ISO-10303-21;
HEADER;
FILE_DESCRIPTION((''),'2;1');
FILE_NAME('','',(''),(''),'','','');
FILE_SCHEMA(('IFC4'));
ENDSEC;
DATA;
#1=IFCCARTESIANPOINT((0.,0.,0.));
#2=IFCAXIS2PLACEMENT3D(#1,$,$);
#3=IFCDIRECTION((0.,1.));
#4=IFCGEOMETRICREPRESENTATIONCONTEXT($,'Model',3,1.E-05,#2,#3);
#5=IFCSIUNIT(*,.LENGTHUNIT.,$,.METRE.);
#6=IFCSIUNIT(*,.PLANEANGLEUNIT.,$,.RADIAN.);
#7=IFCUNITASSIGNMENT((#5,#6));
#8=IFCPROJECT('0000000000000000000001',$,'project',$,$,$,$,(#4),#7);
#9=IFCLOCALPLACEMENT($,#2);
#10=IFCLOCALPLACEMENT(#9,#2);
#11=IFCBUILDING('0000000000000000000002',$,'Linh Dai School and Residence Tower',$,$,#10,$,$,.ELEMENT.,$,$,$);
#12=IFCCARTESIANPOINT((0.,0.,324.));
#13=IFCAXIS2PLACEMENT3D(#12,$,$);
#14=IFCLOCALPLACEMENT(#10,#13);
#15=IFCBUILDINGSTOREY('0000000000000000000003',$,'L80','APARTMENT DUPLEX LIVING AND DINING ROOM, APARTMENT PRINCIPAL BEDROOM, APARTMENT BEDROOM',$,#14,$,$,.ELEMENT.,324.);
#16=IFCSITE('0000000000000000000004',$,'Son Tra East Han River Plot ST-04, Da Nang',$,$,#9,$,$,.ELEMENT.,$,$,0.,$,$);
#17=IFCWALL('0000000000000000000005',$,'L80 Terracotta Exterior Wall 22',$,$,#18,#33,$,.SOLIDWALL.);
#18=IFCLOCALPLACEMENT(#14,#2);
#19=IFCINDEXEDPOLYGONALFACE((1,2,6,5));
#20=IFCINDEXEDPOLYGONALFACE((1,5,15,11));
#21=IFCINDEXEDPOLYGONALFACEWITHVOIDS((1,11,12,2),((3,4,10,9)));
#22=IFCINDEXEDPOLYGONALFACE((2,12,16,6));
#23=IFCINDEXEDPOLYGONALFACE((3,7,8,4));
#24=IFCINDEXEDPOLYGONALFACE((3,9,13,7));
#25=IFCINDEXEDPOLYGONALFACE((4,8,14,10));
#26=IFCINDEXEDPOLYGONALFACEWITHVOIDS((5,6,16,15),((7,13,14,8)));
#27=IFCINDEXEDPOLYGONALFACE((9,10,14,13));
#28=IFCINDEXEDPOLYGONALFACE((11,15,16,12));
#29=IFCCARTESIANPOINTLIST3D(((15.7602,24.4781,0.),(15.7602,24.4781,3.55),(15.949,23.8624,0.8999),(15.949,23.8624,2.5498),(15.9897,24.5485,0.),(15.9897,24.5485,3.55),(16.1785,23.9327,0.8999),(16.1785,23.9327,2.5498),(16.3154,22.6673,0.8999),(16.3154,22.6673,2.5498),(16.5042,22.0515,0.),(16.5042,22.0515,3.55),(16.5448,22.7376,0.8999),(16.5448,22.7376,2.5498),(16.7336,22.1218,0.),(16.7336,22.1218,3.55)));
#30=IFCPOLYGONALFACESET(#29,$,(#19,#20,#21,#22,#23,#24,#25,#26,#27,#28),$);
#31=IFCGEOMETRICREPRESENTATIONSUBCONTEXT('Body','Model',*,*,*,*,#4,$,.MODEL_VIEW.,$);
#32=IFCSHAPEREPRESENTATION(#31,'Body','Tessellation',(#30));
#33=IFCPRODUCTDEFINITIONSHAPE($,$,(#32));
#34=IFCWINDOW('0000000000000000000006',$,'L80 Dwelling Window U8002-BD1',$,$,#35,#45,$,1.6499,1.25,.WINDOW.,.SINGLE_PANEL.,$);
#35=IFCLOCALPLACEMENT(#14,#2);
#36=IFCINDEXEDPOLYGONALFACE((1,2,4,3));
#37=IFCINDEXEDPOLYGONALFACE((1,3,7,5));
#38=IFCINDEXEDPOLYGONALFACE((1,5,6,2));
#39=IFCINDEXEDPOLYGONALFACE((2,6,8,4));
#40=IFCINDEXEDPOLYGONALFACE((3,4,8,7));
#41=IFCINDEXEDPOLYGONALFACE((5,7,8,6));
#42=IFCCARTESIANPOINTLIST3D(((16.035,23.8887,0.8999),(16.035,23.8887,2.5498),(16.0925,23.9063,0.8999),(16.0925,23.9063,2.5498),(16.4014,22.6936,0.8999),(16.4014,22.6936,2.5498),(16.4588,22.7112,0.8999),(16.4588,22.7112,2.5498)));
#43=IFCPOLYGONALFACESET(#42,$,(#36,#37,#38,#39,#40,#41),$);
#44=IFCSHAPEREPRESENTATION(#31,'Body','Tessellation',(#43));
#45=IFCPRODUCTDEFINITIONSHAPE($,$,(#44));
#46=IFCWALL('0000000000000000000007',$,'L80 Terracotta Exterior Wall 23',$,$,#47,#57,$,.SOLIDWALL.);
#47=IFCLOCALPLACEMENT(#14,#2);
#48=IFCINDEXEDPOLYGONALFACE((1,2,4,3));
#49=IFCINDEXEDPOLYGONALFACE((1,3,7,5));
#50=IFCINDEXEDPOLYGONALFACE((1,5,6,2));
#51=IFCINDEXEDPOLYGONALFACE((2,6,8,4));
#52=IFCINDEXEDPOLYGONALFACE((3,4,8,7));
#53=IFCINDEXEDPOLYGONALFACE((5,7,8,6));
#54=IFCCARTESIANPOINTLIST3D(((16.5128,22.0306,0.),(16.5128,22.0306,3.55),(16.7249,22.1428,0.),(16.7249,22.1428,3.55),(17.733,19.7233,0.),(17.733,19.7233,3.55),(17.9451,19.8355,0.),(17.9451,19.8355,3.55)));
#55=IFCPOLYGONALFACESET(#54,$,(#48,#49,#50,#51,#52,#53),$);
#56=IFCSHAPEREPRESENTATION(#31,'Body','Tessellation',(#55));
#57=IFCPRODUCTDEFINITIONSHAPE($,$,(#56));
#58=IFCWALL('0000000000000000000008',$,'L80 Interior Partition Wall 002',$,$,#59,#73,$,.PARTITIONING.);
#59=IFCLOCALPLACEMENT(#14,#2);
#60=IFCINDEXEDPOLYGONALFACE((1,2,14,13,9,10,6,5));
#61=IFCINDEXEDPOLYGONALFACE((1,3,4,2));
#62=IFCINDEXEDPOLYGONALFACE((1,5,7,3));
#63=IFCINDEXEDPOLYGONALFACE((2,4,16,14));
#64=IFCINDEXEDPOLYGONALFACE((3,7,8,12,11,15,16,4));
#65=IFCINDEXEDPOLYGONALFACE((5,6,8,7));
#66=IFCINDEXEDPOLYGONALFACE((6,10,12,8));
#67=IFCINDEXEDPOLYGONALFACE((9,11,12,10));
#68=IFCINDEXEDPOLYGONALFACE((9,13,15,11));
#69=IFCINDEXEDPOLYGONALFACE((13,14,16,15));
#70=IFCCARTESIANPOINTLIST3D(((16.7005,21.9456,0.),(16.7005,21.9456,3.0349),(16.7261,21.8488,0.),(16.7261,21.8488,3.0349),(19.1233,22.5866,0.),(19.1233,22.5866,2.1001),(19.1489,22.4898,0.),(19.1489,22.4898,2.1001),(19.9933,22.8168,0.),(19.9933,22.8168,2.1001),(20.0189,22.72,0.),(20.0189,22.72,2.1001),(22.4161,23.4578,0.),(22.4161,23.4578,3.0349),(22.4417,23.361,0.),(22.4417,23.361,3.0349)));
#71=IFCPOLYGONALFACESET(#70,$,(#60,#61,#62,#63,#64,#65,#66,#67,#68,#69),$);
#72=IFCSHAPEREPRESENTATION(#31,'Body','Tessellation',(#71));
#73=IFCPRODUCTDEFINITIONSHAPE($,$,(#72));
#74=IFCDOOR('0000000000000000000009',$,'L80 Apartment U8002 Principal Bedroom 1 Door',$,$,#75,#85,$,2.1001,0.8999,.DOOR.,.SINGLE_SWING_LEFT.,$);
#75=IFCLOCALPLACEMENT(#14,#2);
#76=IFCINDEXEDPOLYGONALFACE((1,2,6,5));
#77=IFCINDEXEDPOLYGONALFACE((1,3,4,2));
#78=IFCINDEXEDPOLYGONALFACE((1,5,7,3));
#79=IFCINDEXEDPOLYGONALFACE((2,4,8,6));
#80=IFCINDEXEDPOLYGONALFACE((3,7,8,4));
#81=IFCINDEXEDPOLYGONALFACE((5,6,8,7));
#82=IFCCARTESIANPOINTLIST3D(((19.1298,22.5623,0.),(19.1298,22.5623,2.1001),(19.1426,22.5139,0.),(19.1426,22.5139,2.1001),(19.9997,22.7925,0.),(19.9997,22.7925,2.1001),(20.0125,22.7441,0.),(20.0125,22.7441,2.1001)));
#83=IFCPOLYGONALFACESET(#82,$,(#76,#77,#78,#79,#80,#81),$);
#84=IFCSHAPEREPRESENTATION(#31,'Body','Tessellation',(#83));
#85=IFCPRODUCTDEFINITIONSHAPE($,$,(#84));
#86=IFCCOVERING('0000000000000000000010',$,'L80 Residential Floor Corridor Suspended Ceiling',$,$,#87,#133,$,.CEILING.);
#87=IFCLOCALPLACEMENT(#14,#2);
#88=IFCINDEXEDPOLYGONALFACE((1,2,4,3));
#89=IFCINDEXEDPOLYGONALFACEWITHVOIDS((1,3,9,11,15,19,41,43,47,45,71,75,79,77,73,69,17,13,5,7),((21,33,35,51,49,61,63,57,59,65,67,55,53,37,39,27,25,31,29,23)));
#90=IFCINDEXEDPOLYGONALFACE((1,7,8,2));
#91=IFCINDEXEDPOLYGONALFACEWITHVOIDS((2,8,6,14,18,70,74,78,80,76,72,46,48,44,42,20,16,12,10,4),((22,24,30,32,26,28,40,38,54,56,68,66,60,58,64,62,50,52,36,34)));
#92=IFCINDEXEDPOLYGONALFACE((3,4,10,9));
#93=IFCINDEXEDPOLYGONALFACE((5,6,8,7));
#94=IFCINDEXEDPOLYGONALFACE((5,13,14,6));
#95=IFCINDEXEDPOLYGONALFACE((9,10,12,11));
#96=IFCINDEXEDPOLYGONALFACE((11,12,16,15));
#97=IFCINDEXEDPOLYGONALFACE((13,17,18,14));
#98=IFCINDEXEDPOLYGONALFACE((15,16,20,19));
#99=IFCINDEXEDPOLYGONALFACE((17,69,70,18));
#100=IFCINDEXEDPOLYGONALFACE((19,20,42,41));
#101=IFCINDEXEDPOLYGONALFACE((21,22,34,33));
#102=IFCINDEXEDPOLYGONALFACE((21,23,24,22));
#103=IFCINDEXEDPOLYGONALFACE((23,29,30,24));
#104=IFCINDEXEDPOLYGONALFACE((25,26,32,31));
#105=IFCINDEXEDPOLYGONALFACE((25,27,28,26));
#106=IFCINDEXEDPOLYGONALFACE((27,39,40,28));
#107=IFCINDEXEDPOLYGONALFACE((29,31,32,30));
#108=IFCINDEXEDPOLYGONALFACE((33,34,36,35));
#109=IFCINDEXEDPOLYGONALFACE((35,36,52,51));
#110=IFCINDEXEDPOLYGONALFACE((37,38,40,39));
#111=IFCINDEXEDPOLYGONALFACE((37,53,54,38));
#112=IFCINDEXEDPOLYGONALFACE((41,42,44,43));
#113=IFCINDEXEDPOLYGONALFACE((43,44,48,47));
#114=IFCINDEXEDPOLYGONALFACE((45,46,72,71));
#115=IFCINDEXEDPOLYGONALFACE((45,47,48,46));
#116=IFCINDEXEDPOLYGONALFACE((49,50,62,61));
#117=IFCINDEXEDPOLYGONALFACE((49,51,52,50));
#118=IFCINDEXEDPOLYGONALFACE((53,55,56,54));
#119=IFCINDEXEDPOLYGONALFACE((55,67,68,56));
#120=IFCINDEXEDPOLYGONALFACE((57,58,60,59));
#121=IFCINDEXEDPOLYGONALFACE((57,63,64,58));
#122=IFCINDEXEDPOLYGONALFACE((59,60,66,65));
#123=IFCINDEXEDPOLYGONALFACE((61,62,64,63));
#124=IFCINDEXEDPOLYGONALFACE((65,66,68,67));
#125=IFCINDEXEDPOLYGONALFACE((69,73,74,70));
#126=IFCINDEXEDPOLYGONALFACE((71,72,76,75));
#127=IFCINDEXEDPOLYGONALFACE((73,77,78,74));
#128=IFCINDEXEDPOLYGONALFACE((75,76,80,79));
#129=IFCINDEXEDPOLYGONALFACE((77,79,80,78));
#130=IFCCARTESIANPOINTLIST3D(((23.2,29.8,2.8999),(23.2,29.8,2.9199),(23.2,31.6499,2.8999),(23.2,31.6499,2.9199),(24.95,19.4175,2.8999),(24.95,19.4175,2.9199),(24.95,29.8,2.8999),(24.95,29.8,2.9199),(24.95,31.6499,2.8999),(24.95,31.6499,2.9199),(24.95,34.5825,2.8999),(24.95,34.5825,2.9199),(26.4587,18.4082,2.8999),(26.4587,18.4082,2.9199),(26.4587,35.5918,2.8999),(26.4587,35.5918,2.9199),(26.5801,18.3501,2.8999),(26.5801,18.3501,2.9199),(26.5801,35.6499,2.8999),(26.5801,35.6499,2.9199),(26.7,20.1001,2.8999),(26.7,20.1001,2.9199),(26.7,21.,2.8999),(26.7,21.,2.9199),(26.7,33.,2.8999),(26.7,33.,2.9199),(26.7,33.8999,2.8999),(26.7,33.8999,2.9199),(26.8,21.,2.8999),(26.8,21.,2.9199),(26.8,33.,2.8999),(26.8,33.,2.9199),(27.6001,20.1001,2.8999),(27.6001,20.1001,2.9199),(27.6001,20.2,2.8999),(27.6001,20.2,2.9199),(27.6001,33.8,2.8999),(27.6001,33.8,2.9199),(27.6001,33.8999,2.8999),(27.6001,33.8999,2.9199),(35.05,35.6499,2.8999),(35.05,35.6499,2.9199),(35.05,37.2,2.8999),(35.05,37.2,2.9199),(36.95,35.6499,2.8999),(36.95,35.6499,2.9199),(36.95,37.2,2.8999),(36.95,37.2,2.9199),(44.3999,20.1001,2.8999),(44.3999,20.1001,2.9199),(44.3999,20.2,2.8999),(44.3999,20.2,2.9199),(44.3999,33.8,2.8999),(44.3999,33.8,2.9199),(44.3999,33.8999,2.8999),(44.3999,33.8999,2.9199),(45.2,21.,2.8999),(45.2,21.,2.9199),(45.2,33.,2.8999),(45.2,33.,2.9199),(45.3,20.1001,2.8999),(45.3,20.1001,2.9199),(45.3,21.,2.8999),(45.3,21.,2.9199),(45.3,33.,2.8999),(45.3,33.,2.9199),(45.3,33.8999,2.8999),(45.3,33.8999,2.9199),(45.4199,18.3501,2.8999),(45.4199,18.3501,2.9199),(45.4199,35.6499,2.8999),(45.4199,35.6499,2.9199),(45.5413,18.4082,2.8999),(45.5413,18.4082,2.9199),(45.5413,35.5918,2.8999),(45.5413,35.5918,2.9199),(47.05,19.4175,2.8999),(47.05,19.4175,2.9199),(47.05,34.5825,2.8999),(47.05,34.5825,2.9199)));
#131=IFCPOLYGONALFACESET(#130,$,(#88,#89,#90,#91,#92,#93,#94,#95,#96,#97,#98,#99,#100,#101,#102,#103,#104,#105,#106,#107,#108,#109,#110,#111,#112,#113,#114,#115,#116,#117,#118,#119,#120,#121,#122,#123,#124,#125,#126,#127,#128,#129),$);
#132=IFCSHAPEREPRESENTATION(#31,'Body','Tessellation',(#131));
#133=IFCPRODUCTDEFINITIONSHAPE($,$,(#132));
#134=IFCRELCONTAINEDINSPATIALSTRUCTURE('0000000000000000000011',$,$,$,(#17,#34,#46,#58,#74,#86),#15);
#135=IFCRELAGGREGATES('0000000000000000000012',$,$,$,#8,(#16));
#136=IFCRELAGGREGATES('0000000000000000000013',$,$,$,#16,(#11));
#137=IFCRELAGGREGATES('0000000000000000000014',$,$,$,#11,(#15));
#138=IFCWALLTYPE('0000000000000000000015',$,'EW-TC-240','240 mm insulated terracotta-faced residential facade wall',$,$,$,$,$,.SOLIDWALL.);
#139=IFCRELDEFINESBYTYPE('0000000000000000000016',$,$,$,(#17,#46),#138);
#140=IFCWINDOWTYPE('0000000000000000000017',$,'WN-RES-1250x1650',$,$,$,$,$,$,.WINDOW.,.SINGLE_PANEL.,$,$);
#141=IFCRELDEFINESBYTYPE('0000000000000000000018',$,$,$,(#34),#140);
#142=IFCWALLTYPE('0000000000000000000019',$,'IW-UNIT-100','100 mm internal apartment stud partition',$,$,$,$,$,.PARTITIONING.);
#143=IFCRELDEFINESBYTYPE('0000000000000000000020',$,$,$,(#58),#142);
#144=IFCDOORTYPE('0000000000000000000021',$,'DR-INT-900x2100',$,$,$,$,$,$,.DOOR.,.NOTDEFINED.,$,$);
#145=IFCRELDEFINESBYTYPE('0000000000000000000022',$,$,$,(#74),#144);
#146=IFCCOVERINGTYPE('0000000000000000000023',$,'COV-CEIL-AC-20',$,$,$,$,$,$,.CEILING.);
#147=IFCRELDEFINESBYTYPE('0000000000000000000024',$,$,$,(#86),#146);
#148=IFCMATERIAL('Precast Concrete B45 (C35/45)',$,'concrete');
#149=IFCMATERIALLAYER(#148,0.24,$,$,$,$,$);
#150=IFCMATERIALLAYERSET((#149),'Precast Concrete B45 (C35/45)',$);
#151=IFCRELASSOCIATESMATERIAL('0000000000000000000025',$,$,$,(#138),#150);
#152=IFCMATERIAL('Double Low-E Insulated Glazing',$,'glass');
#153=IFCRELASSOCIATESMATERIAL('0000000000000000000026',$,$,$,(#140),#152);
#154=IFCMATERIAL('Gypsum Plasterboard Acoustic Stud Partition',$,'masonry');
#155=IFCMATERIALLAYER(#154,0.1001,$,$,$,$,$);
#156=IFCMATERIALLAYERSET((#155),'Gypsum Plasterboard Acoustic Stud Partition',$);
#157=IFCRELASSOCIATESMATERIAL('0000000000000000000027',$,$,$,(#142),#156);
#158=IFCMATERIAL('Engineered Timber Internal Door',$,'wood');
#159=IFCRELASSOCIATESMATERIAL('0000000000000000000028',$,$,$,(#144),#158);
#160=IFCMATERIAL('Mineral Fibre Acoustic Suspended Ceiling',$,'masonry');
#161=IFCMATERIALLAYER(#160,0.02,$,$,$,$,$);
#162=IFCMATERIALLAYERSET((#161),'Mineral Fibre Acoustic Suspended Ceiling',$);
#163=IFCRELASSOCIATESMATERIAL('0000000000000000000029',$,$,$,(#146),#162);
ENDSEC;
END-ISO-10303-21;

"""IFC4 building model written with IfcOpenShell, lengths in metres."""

from ifc_helpers import new_model, si_unit, direction, frame, frame_2d, origin, origin_2d, place, context, subcontext, project, spatial, polyline, rectangle, outline, extrude, source, transform, mapped, material, layer, layer_set, type_object, element, fill, save


model = new_model("IFC4")

# Units and contexts
model_context = context("Model", 3, precision=1e-05, world=origin(), true_north=direction((0.0, 1.0)))
body_context = subcontext(model_context, "Body", "Model", "MODEL_VIEW")
ifc_project = project(units=[si_unit("LENGTHUNIT", "METRE"), si_unit("PLANEANGLEUNIT", "RADIAN")], contexts=[model_context])

# Site, building, storey
site_placement = place(None, origin())
site = spatial("IfcSite", under=ifc_project, at=site_placement, Name="Son Tra East Han River Plot ST-04, Da Nang", CompositionType="ELEMENT", RefElevation=0.0)
building_placement = place(site_placement, origin())
building = spatial("IfcBuilding", under=site, at=building_placement, Name="Linh Dai School and Residence Tower", CompositionType="ELEMENT")
storey_placement = place(building_placement, frame((0.0, 0.0, 324.0)))
storey = spatial("IfcBuildingStorey", under=building, at=storey_placement, Name="L80", Description="APARTMENT DUPLEX LIVING AND DINING ROOM, APARTMENT PRINCIPAL BEDROOM, APARTMENT BEDROOM", CompositionType="ELEMENT", Elevation=324.0)

# Shared definitions
ifc_material_1 = material(Name="Precast Concrete B45 (C35/45)", Category="concrete")

# Shared definitions
ifc_layer_1 = layer(ifc_material_1, 0.24)
ifc_layer_set_1 = layer_set([ifc_layer_1], Name="Precast Concrete B45 (C35/45)")
wall_type_1 = type_object("IfcWallType", Name="EW-TC-240", Description="240 mm insulated terracotta-faced residential facade wall", PredefinedType="SOLIDWALL", material=ifc_layer_set_1)

# Wall, opening, window
wall_1_placement = place(storey_placement, frame((16.6189, 22.0867, 0.0), z_axis=(0.0, 0.0, 1.0), x_axis=(-0.293106, 0.95608, 0.0)))
wall_1 = element("IfcWall", 1, at=wall_1_placement, inside=storey, type_object=wall_type_1, Name="L80 Terracotta Exterior Wall 22", PredefinedType="SOLIDWALL", context=body_context, shape_type="SweptSolid", body=[
    extrude(rectangle(XDim=2.5381, YDim=0.24, at=frame_2d((1.269, 0.0))), origin(), (0.0, 0.0, 1.0), 3.55),
])
opening_1_placement = place(wall_1_placement, frame((0.644, 0.0, 0.8999)))
opening_1 = element("IfcOpeningElement", 2, at=opening_1_placement, cuts=wall_1, PredefinedType="OPENING", context=body_context, shape_type="SweptSolid", body=[
    extrude(rectangle(XDim=1.25, YDim=1.6499, at=origin_2d()), frame((0.625, 0.1299, 0.825), z_axis=(0.0, -1.0, 0.0), x_axis=(1.0, 0.0, 0.0)), (0.0, 0.0, 1.0), 0.26),
])
ifc_material_2 = material(Name="Double Low-E Insulated Glazing", Category="glass")
window_type = type_object("IfcWindowType", Name="WN-RES-1250x1650", PartitioningType="SINGLE_PANEL", PredefinedType="WINDOW", material=ifc_material_2)
shared_shape_1 = source(origin(), body_context, "Body", "SweptSolid", [
    extrude(rectangle(XDim=1.25, YDim=1.6499, at=origin_2d()), frame((0.625, 0.03, 0.825), z_axis=(0.0, -1.0, 0.0), x_axis=(1.0, 0.0, 0.0)), (0.0, 0.0, 1.0), 0.0601),
])
window_placement = place(opening_1_placement, origin())
window = element("IfcWindow", 3, at=window_placement, inside=storey, type_object=window_type, Name="L80 Dwelling Window U8002-BD1", OverallHeight=1.6499, OverallWidth=1.25, PartitioningType="SINGLE_PANEL", PredefinedType="WINDOW", context=body_context, shape_type="MappedRepresentation", body=[
    mapped(shared_shape_1, transform((0.0, 0.0, 0.0), x_axis=(1.0, 0.0, 0.0), y_axis=(0.0, 1.0, 0.0), z_axis=(0.0, 0.0, 1.0), scale=1.0)),
])
fill(opening_1, window)

# Wall
wall_2_placement = place(storey_placement, frame((17.8391, 19.7793, 0.0), z_axis=(0.0, 0.0, 1.0), x_axis=(-0.467488, 0.883999, 0.0)))
element("IfcWall", 4, at=wall_2_placement, inside=storey, type_object=wall_type_1, Name="L80 Terracotta Exterior Wall 23", PredefinedType="SOLIDWALL", context=body_context, shape_type="SweptSolid", body=[
    extrude(rectangle(XDim=2.6101, YDim=0.24, at=frame_2d((1.3052, 0.0))), origin(), (0.0, 0.0, 1.0), 3.55),
])

# Wall, opening, door
ifc_material_3 = material(Name="Gypsum Plasterboard Acoustic Stud Partition", Category="masonry")
ifc_layer_2 = layer(ifc_material_3, 0.1001)
ifc_layer_set_2 = layer_set([ifc_layer_2], Name="Gypsum Plasterboard Acoustic Stud Partition")
wall_type_2 = type_object("IfcWallType", Name="IW-UNIT-100", Description="100 mm internal apartment stud partition", PredefinedType="PARTITIONING", material=ifc_layer_set_2)
wall_3_placement = place(storey_placement, frame((16.7134, 21.8972, 0.0), z_axis=(0.0, 0.0, 1.0), x_axis=(0.966736, 0.255776, 0.0)))
wall_3 = element("IfcWall", 5, at=wall_3_placement, inside=storey, type_object=wall_type_2, Name="L80 Interior Partition Wall 002", PredefinedType="PARTITIONING", context=body_context, shape_type="SweptSolid", body=[
    extrude(rectangle(XDim=5.9124, YDim=0.1001, at=frame_2d((2.9561, 0.0))), origin(), (0.0, 0.0, 1.0), 3.0349),
])
opening_2_placement = place(wall_3_placement, frame((2.5061, 0.0, 0.0)))
opening_2 = element("IfcOpeningElement", 6, at=opening_2_placement, cuts=wall_3, PredefinedType="OPENING", context=body_context, shape_type="SweptSolid", body=[
    extrude(rectangle(XDim=0.8999, YDim=2.1001, at=origin_2d()), frame((0.45, 0.0601, 1.05), z_axis=(0.0, -1.0, 0.0), x_axis=(1.0, 0.0, 0.0)), (0.0, 0.0, 1.0), 0.1201),
])
ifc_material_4 = material(Name="Engineered Timber Internal Door", Category="wood")
door_type = type_object("IfcDoorType", Name="DR-INT-900x2100", OperationType="NOTDEFINED", PredefinedType="DOOR", material=ifc_material_4)
shared_shape_2 = source(origin(), body_context, "Body", "SweptSolid", [
    extrude(rectangle(XDim=0.8999, YDim=2.1001, at=origin_2d()), frame((0.45, 0.0249, 1.05), z_axis=(0.0, -1.0, 0.0), x_axis=(1.0, 0.0, 0.0)), (0.0, 0.0, 1.0), 0.05),
])
door_placement = place(opening_2_placement, origin())
door = element("IfcDoor", 7, at=door_placement, inside=storey, type_object=door_type, Name="L80 Apartment U8002 Principal Bedroom 1 Door", OperationType="SINGLE_SWING_LEFT", OverallHeight=2.1001, OverallWidth=0.8999, PredefinedType="DOOR", context=body_context, shape_type="MappedRepresentation", body=[
    mapped(shared_shape_2, transform((0.0, 0.0, 0.0), x_axis=(1.0, 0.0, 0.0), y_axis=(0.0, 1.0, 0.0), z_axis=(0.0, 0.0, 1.0), scale=1.0)),
])
fill(opening_2, door)

# Covering
ifc_material_5 = material(Name="Mineral Fibre Acoustic Suspended Ceiling", Category="masonry")
ifc_layer_3 = layer(ifc_material_5, 0.02)
ifc_layer_set_3 = layer_set([ifc_layer_3], Name="Mineral Fibre Acoustic Suspended Ceiling")
covering_type_1 = type_object("IfcCoveringType", Name="COV-CEIL-AC-20", PredefinedType="CEILING", material=ifc_layer_set_3)
covering_1_placement = place(storey_placement, frame((0.0, 0.0, 2.8999)))
element("IfcCovering", 8, at=covering_1_placement, inside=storey, type_object=covering_type_1, Name="L80 Residential Floor Corridor Suspended Ceiling", PredefinedType="CEILING", context=body_context, shape_type="SweptSolid", body=[
    extrude(outline(polyline([(23.2, 31.6499), (24.95, 31.6499), (24.95, 34.5825), (26.4587, 35.5918), (26.5801, 35.6499), (35.05, 35.6499), (35.05, 37.2), (36.95, 37.2), (36.95, 35.6499), (45.4199, 35.6499), (45.5413, 35.5918), (47.05, 34.5825), (47.05, 19.4175), (45.5413, 18.4082), (45.4199, 18.3501), (26.5801, 18.3501), (26.4587, 18.4082), (24.95, 19.4175), (24.95, 29.8), (23.2, 29.8), (23.2, 31.6499)]), holes=[polyline([(27.6001, 33.8), (27.6001, 33.8999), (26.7, 33.8999), (26.7, 33.0), (26.8, 33.0), (26.8, 21.0), (26.7, 21.0), (26.7, 20.1001), (27.6001, 20.1001), (27.6001, 20.2), (44.3999, 20.2), (44.3999, 20.1001), (45.3, 20.1001), (45.3, 21.0), (45.2, 21.0), (45.2, 33.0), (45.3, 33.0), (45.3, 33.8999), (44.3999, 33.8999), (44.3999, 33.8), (27.6001, 33.8)])]), origin(), (0.0, 0.0, 1.0), 0.02),
])

save(model, "model.ifc")
